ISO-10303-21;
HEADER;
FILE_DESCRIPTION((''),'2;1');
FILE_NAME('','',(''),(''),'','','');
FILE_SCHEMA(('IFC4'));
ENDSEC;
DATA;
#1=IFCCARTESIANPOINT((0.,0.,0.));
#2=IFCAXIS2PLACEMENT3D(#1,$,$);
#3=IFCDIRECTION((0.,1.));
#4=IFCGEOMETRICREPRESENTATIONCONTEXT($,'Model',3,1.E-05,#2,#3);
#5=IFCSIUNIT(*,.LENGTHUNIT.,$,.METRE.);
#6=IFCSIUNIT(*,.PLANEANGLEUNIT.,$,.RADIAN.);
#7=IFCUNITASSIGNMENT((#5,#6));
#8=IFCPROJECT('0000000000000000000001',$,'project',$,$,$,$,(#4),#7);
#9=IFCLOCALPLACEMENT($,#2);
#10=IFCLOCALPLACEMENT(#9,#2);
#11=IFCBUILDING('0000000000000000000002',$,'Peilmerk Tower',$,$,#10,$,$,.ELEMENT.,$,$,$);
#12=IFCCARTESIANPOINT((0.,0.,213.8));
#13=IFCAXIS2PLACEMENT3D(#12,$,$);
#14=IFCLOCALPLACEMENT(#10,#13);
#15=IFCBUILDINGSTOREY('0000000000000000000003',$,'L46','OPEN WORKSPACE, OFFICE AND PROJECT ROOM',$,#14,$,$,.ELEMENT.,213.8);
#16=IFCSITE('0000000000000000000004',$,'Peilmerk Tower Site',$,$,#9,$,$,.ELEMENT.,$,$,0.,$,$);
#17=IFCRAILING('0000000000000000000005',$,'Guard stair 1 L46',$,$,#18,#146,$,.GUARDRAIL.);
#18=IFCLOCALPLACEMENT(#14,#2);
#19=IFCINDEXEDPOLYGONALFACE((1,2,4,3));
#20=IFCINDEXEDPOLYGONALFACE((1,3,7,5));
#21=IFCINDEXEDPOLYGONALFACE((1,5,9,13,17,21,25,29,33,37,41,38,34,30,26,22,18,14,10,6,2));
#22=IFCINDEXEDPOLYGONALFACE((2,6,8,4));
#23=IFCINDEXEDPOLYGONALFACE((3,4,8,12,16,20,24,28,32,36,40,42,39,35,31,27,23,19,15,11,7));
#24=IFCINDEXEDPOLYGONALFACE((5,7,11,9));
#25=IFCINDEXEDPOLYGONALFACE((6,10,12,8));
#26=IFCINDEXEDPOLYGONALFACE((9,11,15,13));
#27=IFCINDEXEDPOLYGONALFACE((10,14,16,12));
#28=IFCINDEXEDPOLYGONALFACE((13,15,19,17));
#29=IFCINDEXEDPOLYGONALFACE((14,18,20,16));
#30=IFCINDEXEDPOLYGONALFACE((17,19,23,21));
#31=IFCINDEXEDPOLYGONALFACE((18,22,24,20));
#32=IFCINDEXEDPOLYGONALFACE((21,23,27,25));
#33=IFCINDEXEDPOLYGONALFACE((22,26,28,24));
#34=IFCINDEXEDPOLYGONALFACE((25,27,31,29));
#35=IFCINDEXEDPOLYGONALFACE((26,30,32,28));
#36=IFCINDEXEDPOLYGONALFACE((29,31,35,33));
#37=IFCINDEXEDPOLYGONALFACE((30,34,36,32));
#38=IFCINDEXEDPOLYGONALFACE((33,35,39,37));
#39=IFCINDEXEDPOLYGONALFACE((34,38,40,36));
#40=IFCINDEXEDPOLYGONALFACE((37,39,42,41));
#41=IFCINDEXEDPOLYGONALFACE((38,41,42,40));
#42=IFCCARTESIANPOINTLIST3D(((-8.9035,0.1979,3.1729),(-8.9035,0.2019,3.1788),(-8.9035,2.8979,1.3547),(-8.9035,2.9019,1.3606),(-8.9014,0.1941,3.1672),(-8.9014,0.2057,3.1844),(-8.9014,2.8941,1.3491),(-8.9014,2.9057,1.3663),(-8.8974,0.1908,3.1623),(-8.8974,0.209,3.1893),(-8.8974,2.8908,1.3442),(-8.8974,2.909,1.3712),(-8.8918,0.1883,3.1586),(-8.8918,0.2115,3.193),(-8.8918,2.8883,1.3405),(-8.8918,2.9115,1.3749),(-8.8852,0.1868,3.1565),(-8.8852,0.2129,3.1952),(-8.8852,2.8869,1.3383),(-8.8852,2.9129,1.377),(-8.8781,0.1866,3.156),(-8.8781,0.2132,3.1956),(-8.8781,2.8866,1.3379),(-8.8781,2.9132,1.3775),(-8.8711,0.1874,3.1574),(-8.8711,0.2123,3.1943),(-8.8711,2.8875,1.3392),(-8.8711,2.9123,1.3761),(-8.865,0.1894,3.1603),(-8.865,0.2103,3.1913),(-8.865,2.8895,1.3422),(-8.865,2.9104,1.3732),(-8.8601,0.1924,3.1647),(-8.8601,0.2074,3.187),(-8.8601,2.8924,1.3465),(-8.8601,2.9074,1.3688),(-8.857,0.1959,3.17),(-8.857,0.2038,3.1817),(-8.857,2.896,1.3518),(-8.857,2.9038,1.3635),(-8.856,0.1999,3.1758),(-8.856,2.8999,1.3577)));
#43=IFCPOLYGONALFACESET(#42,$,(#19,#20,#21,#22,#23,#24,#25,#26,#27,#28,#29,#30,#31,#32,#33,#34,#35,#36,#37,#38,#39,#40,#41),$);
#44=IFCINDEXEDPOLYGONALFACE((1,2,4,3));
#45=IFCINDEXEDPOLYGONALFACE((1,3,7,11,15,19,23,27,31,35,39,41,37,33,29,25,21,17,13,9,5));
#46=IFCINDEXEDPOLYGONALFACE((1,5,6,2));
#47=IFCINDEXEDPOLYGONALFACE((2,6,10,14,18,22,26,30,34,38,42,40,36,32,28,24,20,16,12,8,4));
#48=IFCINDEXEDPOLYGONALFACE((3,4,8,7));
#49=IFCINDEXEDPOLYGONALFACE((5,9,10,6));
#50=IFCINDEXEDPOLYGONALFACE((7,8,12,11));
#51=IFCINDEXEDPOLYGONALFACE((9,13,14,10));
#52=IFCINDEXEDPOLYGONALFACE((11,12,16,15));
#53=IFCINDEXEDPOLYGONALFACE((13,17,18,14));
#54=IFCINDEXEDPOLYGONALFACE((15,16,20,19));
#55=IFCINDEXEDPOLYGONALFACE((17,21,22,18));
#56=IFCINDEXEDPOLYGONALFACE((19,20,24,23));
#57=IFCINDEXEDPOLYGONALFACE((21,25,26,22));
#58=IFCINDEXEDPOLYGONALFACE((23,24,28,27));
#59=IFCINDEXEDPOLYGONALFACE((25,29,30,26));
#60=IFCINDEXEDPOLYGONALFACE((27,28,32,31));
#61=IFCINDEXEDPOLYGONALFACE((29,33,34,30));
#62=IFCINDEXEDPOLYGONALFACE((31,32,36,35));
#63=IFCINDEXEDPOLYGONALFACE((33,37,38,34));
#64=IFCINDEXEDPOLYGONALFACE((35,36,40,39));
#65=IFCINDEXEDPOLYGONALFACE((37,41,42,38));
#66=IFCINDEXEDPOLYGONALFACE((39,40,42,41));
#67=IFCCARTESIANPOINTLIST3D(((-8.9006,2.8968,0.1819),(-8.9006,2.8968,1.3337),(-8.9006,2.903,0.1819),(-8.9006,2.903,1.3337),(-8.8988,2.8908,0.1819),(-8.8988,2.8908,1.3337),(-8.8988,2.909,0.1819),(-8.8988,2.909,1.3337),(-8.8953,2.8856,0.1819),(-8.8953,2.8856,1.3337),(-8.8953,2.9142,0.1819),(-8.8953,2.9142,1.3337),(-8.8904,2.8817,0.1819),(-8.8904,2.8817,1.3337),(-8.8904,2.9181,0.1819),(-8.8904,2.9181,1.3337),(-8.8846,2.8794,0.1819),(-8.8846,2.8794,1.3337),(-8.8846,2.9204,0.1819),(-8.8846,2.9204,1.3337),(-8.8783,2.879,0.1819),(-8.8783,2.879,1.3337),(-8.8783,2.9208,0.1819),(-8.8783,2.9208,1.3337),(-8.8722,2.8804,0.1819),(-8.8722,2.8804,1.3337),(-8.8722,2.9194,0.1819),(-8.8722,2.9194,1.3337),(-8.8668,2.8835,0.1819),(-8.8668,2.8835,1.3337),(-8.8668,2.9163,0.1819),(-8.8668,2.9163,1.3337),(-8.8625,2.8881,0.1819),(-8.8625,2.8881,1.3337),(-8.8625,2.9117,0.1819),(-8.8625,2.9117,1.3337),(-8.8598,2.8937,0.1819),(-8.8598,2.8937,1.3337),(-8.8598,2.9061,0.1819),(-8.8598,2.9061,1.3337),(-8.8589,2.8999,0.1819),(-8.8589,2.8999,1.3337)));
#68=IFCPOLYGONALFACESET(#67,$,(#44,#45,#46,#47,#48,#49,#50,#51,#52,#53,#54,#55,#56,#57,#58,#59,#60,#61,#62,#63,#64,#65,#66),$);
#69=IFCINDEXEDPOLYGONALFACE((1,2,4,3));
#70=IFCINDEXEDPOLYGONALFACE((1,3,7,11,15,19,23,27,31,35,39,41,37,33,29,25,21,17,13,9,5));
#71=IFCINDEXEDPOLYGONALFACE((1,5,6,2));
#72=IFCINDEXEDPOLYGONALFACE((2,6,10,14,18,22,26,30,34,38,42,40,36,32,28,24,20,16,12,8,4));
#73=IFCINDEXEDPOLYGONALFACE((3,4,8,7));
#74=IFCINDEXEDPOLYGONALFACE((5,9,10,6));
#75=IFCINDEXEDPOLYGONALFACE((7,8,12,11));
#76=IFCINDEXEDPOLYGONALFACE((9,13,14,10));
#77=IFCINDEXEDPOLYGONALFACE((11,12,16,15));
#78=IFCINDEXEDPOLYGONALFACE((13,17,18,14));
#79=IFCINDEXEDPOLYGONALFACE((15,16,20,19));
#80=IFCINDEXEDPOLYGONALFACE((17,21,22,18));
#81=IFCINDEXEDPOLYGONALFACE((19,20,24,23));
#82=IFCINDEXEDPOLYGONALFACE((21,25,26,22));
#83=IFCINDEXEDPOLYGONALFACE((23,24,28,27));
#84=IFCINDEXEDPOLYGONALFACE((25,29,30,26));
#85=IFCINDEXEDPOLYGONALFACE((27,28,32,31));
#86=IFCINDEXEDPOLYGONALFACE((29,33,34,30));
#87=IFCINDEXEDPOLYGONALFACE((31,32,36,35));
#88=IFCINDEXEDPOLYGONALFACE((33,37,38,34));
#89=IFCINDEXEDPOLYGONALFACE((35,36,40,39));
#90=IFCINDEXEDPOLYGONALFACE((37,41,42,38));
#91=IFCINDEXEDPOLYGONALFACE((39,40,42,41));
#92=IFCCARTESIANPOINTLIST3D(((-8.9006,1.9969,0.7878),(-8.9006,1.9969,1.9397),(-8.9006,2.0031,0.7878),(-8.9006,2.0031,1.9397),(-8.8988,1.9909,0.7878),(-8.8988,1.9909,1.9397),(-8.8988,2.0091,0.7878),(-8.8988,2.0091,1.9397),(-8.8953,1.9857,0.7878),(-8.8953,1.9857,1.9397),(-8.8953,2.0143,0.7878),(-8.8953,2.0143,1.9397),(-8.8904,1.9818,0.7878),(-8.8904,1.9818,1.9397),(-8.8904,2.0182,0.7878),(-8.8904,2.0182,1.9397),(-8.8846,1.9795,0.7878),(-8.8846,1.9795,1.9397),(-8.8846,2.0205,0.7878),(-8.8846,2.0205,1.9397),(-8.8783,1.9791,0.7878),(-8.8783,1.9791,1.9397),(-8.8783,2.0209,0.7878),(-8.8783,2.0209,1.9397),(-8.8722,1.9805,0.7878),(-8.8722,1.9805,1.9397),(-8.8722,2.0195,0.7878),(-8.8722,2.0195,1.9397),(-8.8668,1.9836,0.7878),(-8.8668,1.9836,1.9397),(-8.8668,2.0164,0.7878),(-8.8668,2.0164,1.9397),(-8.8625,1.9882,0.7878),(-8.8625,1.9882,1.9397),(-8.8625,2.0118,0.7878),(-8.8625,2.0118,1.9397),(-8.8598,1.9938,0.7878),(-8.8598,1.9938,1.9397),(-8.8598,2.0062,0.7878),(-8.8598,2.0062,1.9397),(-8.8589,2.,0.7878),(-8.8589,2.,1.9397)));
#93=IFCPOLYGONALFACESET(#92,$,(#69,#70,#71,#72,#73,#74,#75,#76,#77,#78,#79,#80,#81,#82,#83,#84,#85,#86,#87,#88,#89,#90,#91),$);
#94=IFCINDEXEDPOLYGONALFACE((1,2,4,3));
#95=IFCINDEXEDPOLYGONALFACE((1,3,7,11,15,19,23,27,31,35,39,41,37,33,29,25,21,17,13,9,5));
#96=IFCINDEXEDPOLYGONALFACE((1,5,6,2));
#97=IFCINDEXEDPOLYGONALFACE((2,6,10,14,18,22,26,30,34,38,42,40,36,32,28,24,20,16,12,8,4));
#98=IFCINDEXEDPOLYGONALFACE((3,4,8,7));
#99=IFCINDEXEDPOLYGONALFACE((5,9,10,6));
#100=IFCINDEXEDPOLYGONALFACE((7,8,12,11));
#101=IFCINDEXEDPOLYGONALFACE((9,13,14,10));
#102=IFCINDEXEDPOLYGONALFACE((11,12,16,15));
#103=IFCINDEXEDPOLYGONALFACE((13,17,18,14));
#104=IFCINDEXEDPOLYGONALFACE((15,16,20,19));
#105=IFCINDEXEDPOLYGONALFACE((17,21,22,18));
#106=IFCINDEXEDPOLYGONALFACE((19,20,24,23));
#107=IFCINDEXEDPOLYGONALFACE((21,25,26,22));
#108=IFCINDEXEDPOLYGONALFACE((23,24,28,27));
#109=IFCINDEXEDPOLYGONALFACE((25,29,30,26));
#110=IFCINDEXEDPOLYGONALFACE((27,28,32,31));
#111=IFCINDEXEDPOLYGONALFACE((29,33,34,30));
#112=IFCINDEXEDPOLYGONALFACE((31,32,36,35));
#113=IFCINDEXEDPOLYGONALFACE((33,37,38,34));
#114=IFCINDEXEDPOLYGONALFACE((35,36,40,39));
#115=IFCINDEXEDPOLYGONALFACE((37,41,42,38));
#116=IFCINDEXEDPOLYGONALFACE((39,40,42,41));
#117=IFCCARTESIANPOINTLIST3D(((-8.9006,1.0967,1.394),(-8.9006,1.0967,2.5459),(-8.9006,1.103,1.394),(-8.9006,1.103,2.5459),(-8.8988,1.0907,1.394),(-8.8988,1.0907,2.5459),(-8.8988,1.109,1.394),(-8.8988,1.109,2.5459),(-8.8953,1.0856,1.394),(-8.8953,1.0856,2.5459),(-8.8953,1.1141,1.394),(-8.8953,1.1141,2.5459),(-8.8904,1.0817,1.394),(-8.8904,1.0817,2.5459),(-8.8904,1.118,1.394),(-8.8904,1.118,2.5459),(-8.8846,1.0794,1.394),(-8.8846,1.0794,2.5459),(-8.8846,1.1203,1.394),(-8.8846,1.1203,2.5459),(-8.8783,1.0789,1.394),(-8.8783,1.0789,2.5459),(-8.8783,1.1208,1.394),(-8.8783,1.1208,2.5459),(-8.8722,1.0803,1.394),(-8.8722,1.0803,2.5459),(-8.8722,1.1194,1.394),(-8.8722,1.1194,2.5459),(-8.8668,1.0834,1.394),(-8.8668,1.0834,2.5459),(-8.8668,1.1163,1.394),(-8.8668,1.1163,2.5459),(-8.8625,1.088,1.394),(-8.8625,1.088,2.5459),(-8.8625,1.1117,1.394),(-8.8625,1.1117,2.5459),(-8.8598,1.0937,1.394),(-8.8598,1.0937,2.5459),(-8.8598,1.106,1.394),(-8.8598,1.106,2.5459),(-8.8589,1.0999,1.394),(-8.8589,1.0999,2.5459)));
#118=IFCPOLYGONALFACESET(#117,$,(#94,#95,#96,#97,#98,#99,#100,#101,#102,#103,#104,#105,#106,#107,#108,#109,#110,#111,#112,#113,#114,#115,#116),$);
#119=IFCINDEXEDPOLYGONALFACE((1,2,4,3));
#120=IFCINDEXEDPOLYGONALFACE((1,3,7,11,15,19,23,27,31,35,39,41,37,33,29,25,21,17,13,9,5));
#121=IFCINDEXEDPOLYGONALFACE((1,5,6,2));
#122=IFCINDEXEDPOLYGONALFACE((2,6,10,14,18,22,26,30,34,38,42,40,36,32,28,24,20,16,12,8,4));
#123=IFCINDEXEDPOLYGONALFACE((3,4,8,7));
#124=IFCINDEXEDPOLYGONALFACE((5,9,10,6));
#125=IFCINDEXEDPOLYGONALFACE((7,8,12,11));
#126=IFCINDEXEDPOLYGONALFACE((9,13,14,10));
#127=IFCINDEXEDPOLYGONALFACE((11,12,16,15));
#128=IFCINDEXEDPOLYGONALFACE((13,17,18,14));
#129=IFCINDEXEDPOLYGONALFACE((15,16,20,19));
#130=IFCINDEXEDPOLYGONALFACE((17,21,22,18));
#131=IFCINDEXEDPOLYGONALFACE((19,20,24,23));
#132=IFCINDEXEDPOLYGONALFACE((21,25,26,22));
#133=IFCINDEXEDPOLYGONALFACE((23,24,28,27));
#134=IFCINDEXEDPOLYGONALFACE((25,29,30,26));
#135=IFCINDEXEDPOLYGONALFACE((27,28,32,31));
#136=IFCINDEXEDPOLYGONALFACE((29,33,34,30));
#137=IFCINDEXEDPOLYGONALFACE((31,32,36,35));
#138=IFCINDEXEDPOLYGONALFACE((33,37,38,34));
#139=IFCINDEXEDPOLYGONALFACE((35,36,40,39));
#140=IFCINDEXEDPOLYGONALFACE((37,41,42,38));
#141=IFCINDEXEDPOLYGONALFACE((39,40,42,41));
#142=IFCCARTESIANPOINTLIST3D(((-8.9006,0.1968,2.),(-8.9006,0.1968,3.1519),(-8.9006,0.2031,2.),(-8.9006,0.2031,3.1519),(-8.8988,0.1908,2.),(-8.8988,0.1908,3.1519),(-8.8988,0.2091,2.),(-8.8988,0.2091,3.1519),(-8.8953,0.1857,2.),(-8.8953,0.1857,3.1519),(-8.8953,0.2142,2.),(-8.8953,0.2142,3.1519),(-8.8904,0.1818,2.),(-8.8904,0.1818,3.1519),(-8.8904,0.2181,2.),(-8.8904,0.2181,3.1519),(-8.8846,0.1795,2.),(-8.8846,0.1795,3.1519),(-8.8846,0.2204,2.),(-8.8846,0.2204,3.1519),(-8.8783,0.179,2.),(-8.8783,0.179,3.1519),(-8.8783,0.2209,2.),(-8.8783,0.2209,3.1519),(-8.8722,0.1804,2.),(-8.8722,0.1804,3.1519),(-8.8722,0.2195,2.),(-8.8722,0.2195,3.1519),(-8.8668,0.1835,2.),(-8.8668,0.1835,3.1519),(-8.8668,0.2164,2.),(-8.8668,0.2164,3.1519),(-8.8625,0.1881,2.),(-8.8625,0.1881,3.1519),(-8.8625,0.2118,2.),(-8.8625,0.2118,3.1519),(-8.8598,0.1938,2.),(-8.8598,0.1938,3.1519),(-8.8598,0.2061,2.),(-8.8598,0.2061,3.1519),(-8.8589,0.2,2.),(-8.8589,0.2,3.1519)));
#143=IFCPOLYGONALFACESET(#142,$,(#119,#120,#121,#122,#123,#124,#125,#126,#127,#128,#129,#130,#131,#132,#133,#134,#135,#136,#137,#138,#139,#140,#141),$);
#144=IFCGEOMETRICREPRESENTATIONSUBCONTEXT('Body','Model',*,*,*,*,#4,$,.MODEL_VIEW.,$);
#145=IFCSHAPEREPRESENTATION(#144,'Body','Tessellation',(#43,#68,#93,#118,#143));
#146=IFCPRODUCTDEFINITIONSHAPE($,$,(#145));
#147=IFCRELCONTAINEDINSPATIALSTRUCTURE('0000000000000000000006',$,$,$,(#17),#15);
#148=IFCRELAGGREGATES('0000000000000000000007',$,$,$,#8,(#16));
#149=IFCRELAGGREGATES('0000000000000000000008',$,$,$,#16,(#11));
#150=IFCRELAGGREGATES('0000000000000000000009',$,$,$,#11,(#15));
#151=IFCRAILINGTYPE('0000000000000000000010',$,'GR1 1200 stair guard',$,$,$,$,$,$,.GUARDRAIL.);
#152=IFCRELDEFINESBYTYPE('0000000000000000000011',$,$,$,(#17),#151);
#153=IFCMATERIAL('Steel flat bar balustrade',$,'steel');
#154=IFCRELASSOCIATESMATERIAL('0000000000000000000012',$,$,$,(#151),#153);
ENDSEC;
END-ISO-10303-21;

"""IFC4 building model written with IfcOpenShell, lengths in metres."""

from ifc_helpers import new_model, si_unit, direction, frame, origin, origin_2d, place, context, subcontext, project, spatial, circle, extrude, material, type_object, element, save


model = new_model("IFC4")

# Units and contexts
model_context = context("Model", 3, precision=1e-05, world=origin(), true_north=direction((0.0, 1.0)))
body_context = subcontext(model_context, "Body", "Model", "MODEL_VIEW")
ifc_project = project(units=[si_unit("LENGTHUNIT", "METRE"), si_unit("PLANEANGLEUNIT", "RADIAN")], contexts=[model_context])

# Site, building, storey
site_placement = place(None, origin())
site = spatial("IfcSite", under=ifc_project, at=site_placement, Name="Peilmerk Tower Site", CompositionType="ELEMENT", RefElevation=0.0)
building_placement = place(site_placement, origin())
building = spatial("IfcBuilding", under=site, at=building_placement, Name="Peilmerk Tower", CompositionType="ELEMENT")
storey_placement = place(building_placement, frame((0.0, 0.0, 213.8)))
storey = spatial("IfcBuildingStorey", under=building, at=storey_placement, Name="L46", Description="OPEN WORKSPACE, OFFICE AND PROJECT ROOM", CompositionType="ELEMENT", Elevation=213.8)

# Railing
ifc_material_1 = material(Name="Steel flat bar balustrade", Category="steel")
railing_type_1 = type_object("IfcRailingType", Name="GR1 1200 stair guard", PredefinedType="GUARDRAIL", material=ifc_material_1)
railing_1_placement = place(storey_placement, frame((-8.8799, 2.8999, 0.1819)))
element("IfcRailing", 1, at=railing_1_placement, inside=storey, type_object=railing_type_1, Name="Guard stair 1 L46", PredefinedType="GUARDRAIL", context=body_context, shape_type="SweptSolid", body=[
    extrude(circle(Radius=0.0239, at=origin_2d()), frame((0.0, 0.0, 1.1758), z_axis=(0.0, -0.829468, 0.558554), x_axis=(1.0, 0.0, 0.0)), (0.0, 0.0, 1.0), 3.2551),
    extrude(circle(Radius=0.021, at=origin_2d()), origin(), (0.0, 0.0, 1.0), 1.1519),
    extrude(circle(Radius=0.021, at=origin_2d()), frame((0.0, -0.8999, 0.606)), (0.0, 0.0, 1.0), 1.1519),
    extrude(circle(Radius=0.021, at=origin_2d()), frame((0.0, -1.8, 1.2122)), (0.0, 0.0, 1.0), 1.1519),
    extrude(circle(Radius=0.021, at=origin_2d()), frame((0.0, -2.7, 1.8181)), (0.0, 0.0, 1.0), 1.1519),
])

save(model, "model.ifc")
